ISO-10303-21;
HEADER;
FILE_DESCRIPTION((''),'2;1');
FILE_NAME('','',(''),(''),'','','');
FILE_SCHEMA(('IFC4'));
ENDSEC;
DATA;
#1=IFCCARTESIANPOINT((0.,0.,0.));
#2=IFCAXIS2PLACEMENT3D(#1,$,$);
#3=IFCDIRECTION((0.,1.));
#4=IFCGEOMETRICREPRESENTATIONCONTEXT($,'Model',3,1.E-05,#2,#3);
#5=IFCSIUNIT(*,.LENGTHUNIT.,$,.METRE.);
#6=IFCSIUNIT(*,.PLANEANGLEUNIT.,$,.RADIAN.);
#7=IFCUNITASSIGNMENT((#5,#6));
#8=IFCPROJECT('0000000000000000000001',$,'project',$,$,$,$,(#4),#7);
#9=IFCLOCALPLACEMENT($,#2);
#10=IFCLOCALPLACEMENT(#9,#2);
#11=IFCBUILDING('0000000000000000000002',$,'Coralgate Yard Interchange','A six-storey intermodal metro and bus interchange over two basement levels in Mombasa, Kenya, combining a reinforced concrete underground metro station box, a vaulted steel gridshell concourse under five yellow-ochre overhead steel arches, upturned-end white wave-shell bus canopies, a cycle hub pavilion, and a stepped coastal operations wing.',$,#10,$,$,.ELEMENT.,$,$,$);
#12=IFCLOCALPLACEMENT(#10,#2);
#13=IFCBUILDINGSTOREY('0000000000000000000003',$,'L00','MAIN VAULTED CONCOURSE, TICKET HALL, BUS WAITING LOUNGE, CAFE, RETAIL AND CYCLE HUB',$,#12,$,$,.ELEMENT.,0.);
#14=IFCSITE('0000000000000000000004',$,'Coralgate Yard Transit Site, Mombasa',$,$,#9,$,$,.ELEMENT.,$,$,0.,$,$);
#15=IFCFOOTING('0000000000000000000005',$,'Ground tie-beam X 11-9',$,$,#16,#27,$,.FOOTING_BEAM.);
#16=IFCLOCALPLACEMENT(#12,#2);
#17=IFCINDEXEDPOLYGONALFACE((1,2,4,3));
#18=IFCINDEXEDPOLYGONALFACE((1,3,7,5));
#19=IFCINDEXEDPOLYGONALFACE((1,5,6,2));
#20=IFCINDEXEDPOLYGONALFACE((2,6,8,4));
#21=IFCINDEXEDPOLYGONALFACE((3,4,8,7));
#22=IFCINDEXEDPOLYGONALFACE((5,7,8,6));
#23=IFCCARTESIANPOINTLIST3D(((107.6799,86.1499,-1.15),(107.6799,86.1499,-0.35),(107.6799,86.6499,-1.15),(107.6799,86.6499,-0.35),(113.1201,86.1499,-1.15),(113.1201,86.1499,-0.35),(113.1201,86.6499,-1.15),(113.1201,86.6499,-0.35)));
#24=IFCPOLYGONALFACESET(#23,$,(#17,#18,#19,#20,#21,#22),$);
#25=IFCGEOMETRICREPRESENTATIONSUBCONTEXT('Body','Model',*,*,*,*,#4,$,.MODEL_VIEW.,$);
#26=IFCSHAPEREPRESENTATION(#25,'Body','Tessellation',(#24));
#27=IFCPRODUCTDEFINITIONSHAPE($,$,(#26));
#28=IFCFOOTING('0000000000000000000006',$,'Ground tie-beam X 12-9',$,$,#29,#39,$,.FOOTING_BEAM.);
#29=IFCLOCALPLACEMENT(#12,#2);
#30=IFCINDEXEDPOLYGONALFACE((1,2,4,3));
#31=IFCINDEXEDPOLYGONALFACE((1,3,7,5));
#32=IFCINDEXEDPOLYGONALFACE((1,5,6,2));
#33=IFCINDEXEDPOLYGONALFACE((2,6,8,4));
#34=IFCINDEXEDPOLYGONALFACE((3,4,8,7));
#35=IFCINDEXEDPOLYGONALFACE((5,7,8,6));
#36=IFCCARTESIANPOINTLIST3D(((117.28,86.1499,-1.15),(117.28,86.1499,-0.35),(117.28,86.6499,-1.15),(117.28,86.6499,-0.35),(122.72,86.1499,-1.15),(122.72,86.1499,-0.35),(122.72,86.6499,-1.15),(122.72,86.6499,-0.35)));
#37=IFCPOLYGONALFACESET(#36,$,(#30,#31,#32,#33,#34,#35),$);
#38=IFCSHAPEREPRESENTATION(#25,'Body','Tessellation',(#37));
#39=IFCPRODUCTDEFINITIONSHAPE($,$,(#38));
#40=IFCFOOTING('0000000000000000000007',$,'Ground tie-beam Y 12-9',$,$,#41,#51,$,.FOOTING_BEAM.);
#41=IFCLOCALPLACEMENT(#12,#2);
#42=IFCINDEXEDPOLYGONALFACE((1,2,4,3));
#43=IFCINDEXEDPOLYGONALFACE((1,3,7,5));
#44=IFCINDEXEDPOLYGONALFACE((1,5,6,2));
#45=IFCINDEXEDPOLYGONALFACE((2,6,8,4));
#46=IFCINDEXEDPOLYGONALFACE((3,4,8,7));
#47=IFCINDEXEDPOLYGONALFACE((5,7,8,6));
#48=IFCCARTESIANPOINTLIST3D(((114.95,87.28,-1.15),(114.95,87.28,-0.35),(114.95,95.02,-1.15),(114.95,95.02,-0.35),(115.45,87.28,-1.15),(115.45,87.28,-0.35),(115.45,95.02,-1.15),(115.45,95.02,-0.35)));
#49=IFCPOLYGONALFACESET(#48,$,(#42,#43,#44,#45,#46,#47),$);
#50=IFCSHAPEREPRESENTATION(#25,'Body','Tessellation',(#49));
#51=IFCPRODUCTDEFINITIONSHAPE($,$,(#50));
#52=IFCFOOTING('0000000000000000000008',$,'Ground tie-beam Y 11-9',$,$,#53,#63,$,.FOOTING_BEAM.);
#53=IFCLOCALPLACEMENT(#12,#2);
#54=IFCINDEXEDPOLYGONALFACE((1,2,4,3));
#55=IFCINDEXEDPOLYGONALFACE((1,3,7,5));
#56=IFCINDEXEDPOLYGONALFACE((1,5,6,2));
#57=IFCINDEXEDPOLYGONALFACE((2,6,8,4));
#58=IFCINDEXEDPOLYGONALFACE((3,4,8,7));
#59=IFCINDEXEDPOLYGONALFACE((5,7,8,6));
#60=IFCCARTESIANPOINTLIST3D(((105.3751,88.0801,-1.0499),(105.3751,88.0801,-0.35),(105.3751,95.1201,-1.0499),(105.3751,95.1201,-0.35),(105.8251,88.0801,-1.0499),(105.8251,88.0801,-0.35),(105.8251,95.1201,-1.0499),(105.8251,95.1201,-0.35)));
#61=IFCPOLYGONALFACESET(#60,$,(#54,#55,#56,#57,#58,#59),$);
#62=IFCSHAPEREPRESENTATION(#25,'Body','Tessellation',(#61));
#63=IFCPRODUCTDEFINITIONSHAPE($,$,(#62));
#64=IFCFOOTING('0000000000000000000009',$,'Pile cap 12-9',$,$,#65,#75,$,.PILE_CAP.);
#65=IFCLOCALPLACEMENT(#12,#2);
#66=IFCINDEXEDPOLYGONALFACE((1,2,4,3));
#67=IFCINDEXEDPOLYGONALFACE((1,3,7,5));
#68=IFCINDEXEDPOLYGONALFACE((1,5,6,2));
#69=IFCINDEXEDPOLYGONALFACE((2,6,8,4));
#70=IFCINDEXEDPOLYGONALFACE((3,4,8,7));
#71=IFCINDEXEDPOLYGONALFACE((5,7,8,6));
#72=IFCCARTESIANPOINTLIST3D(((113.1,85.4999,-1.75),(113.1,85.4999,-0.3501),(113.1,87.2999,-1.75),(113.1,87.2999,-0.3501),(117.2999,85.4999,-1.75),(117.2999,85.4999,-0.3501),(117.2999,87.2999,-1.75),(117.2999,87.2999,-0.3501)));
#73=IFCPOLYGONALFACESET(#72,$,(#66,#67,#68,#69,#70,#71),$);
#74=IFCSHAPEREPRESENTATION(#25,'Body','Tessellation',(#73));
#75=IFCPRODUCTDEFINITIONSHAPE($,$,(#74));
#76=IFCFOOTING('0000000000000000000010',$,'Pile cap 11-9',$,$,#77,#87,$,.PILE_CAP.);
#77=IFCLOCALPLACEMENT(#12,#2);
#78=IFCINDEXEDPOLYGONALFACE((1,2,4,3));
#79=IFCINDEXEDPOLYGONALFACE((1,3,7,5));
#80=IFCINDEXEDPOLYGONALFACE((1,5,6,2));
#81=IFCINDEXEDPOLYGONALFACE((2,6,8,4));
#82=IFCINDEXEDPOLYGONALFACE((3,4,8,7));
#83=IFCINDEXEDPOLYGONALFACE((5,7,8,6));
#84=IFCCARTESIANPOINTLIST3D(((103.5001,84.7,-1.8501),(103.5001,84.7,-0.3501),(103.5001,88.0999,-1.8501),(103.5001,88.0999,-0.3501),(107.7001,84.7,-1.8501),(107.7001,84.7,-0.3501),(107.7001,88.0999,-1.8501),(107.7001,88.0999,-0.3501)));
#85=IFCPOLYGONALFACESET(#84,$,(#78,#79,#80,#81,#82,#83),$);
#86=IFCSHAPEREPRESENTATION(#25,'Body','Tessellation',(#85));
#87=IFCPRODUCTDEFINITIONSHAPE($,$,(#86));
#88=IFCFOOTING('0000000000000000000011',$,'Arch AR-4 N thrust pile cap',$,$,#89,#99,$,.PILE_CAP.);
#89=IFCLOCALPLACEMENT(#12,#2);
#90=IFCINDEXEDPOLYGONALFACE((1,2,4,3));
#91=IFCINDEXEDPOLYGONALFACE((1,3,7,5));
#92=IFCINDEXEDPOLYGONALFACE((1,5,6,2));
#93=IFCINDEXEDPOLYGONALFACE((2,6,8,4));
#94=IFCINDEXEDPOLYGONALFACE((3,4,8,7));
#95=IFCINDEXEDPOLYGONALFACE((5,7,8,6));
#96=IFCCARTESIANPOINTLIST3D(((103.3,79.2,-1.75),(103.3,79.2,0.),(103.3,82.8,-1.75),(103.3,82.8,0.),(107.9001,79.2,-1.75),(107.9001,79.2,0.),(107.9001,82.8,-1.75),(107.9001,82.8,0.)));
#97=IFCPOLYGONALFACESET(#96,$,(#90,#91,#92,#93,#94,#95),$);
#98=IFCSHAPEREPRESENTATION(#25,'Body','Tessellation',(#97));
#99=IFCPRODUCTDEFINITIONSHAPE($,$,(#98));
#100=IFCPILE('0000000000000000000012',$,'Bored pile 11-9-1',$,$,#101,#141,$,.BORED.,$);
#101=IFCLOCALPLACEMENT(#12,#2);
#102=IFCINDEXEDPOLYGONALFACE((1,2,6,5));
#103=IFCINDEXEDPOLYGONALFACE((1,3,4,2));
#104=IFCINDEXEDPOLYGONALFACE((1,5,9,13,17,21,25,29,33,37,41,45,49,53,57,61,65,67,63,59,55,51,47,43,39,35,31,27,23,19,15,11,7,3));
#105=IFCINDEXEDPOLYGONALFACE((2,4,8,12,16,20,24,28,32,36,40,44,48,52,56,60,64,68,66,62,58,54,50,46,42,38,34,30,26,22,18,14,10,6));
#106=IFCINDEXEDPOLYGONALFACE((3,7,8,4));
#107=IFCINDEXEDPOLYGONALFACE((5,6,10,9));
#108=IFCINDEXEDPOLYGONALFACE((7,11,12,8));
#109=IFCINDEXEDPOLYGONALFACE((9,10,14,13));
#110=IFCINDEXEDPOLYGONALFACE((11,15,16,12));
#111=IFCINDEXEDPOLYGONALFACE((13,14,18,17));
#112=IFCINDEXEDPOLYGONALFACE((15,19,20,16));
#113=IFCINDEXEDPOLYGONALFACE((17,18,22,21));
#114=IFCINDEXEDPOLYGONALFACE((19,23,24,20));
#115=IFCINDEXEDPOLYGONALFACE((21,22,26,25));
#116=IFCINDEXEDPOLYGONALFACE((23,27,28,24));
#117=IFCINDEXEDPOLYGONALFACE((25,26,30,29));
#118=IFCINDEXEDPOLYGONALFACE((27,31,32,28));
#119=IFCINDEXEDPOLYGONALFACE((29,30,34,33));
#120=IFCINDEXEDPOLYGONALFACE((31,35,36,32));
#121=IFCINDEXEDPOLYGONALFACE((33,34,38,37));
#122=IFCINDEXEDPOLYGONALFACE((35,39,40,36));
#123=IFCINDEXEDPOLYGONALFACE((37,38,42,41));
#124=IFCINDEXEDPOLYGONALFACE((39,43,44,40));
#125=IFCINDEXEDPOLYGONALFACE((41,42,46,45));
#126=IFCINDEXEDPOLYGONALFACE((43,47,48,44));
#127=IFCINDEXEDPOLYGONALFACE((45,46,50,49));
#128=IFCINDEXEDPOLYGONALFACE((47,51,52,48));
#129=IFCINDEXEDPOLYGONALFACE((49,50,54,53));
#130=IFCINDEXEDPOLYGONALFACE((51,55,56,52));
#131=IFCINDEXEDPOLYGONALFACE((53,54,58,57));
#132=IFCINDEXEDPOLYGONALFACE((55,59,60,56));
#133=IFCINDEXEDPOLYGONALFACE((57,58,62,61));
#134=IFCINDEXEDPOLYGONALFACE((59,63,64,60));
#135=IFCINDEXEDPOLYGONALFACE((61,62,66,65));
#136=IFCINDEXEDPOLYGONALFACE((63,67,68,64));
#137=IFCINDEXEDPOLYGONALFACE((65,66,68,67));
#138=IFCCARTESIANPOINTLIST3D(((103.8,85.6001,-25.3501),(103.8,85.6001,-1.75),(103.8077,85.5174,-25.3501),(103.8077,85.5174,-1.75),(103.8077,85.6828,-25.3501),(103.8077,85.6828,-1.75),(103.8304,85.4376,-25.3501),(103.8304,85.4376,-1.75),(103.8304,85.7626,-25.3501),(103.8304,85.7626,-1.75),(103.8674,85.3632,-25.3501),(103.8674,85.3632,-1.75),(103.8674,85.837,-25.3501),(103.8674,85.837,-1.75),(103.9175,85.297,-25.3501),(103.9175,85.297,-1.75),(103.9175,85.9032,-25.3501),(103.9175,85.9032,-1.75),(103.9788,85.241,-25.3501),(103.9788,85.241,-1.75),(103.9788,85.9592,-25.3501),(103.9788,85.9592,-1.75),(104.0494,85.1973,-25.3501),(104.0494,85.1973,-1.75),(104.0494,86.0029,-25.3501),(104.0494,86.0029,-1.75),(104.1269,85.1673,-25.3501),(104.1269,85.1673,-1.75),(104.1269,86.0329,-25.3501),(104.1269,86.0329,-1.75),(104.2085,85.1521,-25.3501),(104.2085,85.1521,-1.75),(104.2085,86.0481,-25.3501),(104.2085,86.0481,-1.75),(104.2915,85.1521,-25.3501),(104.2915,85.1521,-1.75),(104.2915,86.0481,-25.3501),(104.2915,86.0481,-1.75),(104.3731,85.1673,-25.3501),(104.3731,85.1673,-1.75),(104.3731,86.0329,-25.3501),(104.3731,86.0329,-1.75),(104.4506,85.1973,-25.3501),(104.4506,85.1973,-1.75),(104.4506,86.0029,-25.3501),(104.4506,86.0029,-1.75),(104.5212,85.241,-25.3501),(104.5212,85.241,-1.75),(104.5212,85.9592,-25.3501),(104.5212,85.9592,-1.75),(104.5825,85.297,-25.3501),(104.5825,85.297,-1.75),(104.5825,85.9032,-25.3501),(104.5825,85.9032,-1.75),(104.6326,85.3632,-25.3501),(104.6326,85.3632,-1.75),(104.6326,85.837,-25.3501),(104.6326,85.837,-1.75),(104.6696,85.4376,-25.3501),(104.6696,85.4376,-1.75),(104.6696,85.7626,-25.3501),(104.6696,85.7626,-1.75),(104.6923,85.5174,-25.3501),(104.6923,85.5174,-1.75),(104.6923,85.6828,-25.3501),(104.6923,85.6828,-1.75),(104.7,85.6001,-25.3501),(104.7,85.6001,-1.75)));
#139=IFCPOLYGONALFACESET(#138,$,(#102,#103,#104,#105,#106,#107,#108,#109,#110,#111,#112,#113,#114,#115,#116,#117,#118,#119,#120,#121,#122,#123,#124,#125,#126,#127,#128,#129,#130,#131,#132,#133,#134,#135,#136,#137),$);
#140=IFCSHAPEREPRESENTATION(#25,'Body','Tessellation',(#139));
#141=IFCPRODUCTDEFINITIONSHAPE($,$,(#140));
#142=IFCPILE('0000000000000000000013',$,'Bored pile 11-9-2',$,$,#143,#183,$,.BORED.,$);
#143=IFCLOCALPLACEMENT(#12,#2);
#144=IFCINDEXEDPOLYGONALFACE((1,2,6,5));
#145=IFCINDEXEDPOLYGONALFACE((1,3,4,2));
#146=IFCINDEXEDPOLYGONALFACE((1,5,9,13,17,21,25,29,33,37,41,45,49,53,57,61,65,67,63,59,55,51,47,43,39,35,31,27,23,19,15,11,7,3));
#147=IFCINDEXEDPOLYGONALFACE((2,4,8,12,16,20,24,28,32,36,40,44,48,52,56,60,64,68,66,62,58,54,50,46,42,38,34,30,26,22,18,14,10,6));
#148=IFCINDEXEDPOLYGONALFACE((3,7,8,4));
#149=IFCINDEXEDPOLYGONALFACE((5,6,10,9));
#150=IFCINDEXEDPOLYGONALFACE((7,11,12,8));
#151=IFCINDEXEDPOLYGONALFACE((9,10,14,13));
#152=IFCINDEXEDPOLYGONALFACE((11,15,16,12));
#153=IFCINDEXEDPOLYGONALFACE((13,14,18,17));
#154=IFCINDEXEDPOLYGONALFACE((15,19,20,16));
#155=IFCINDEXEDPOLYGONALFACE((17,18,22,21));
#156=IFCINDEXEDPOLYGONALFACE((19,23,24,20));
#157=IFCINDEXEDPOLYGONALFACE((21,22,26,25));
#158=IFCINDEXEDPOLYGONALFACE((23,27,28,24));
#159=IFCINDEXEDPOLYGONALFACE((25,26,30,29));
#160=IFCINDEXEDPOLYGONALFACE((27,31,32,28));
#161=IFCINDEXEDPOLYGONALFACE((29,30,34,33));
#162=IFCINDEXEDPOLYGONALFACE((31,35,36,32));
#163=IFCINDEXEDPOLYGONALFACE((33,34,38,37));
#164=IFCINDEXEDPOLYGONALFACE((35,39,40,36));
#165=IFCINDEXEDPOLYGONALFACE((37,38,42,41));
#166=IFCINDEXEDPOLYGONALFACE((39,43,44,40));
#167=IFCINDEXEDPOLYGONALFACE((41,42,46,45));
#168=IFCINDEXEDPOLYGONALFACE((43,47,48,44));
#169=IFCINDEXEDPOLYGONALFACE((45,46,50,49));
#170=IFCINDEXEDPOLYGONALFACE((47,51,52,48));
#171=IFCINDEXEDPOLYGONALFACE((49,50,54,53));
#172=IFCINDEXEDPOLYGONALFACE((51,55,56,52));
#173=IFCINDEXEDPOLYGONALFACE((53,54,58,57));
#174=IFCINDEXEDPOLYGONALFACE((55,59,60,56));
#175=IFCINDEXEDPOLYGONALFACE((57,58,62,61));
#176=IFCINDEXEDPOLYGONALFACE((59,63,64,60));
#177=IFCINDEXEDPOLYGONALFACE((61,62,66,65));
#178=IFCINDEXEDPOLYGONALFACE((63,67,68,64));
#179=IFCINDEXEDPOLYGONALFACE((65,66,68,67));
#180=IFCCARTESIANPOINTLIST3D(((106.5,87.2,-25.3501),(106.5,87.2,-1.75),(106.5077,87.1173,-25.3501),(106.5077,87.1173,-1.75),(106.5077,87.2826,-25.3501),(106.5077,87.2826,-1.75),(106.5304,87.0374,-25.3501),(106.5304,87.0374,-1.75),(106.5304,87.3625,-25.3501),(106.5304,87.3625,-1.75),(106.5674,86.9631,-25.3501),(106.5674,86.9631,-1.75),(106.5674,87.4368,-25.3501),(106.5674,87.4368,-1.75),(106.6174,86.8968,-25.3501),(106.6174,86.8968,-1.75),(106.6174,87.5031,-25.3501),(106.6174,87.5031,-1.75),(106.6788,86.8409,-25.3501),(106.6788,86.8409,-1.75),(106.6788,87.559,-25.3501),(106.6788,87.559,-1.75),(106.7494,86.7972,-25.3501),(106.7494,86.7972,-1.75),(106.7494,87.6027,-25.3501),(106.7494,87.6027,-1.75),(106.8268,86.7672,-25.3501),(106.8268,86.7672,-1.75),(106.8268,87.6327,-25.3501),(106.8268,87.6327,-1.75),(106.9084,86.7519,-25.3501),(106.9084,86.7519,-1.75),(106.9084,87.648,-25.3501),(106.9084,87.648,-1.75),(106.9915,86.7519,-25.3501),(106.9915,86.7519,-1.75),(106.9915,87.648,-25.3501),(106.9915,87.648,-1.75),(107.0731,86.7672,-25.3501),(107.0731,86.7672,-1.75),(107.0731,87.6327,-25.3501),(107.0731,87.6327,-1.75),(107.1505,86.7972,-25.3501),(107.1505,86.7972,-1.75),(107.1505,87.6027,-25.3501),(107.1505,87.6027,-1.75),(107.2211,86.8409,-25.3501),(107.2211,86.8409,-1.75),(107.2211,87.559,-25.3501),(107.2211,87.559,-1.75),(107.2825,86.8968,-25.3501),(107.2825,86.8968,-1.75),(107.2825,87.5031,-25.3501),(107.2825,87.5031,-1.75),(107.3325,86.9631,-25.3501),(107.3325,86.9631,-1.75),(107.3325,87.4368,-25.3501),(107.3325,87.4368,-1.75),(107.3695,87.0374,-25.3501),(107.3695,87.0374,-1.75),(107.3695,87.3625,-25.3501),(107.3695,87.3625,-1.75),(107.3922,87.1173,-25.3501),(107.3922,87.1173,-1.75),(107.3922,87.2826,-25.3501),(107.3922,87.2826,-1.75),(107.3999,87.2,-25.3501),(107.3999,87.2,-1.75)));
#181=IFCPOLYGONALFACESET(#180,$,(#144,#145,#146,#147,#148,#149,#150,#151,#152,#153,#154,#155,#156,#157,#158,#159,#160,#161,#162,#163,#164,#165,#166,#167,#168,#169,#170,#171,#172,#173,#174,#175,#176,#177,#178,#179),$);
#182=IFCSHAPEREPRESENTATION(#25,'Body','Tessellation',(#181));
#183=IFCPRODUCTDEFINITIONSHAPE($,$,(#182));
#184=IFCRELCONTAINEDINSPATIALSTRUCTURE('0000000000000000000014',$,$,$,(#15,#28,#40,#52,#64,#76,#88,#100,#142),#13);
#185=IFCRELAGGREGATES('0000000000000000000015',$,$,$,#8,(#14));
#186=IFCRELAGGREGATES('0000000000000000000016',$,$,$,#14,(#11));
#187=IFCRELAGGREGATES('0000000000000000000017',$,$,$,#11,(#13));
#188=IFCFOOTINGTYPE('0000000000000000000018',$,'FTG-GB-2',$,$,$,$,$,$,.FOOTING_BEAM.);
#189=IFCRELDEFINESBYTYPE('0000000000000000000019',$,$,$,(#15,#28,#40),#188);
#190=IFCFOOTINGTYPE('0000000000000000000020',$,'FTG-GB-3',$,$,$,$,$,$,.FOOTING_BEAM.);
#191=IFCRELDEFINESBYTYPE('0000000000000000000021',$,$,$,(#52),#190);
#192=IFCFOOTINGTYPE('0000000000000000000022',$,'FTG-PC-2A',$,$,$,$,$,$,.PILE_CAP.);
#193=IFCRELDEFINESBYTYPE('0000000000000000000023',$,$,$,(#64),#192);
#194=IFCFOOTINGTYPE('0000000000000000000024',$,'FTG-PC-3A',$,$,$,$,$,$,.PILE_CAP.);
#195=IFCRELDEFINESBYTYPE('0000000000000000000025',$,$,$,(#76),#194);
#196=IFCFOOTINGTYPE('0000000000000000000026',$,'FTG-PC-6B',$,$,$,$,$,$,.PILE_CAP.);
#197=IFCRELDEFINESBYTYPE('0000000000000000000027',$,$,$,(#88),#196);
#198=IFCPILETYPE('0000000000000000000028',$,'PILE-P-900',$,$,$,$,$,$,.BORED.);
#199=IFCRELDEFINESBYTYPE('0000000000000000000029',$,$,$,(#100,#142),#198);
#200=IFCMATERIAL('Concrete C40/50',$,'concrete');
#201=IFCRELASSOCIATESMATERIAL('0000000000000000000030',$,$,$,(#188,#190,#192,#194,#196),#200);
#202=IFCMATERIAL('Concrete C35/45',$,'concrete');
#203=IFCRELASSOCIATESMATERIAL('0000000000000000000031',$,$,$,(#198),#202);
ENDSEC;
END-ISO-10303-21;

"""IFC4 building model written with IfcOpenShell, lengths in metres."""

from ifc_helpers import new_model, si_unit, direction, frame, origin, origin_2d, place, context, subcontext, project, spatial, rectangle, circle, extrude, material, material_profile, profile_set, type_object, element, save


model = new_model("IFC4")

# Units and contexts
model_context = context("Model", 3, precision=1e-05, world=origin(), true_north=direction((0.0, 1.0)))
body_context = subcontext(model_context, "Body", "Model", "MODEL_VIEW")
ifc_project = project(units=[si_unit("LENGTHUNIT", "METRE"), si_unit("PLANEANGLEUNIT", "RADIAN")], contexts=[model_context])

# Site, building, storey
site_placement = place(None, origin())
site = spatial("IfcSite", under=ifc_project, at=site_placement, Name="Coralgate Yard Transit Site, Mombasa", CompositionType="ELEMENT", RefElevation=0.0)
building_placement = place(site_placement, origin())
building = spatial("IfcBuilding", under=site, at=building_placement, Name="Coralgate Yard Interchange", Description="A six-storey intermodal metro and bus interchange over two basement levels in Mombasa, Kenya, combining a reinforced concrete underground metro station box, a vaulted steel gridshell concourse under five yellow-ochre overhead steel arches, upturned-end white wave-shell bus canopies, a cycle hub pavilion, and a stepped coastal operations wing.", CompositionType="ELEMENT")
storey_placement = place(building_placement, origin())
storey = spatial("IfcBuildingStorey", under=building, at=storey_placement, Name="L00", Description="MAIN VAULTED CONCOURSE, TICKET HALL, BUS WAITING LOUNGE, CAFE, RETAIL AND CYCLE HUB", CompositionType="ELEMENT", Elevation=0.0)

# Footings
ifc_material_1 = material(Name="Concrete C40/50", Category="concrete")
ifc_material_profile_1 = material_profile(ifc_material_1, rectangle(XDim=0.5, YDim=0.8, at=origin_2d()), Name="RC 500x800")
ifc_profile_set_1 = profile_set([ifc_material_profile_1], Name="Concrete C40/50")
footing_type_1 = type_object("IfcFootingType", Name="FTG-GB-2", PredefinedType="FOOTING_BEAM", material=ifc_profile_set_1)
footing_1_placement = place(storey_placement, frame((107.6799, 86.3999, -0.75), z_axis=(1.0, 0.0, 0.0), x_axis=(0.0, 1.0, 0.0)))
element("IfcFooting", 1, at=footing_1_placement, inside=storey, type_object=footing_type_1, Name="Ground tie-beam X 11-9", PredefinedType="FOOTING_BEAM", context=body_context, shape_type="SweptSolid", body=[
    extrude(rectangle(XDim=0.5, YDim=0.8, at=origin_2d()), origin(), (0.0, 0.0, 1.0), 5.4402),
])
footing_2_placement = place(storey_placement, frame((117.28, 86.3999, -0.75), z_axis=(1.0, 0.0, 0.0), x_axis=(0.0, 1.0, 0.0)))
element("IfcFooting", 2, at=footing_2_placement, inside=storey, type_object=footing_type_1, Name="Ground tie-beam X 12-9", PredefinedType="FOOTING_BEAM", context=body_context, shape_type="SweptSolid", body=[
    extrude(rectangle(XDim=0.5, YDim=0.8, at=origin_2d()), origin(), (0.0, 0.0, 1.0), 5.4399),
])
footing_3_placement = place(storey_placement, frame((115.2, 87.28, -0.75), z_axis=(0.0, 1.0, 0.0), x_axis=(-1.0, 0.0, 0.0)))
element("IfcFooting", 3, at=footing_3_placement, inside=storey, type_object=footing_type_1, Name="Ground tie-beam Y 12-9", PredefinedType="FOOTING_BEAM", context=body_context, shape_type="SweptSolid", body=[
    extrude(rectangle(XDim=0.5, YDim=0.8, at=origin_2d()), origin(), (0.0, 0.0, 1.0), 7.74),
])
ifc_material_profile_2 = material_profile(ifc_material_1, rectangle(XDim=0.45, YDim=0.7, at=origin_2d()), Name="RC 450x700")
ifc_profile_set_2 = profile_set([ifc_material_profile_2], Name="Concrete C40/50")
footing_type_2 = type_object("IfcFootingType", Name="FTG-GB-3", PredefinedType="FOOTING_BEAM", material=ifc_profile_set_2)
footing_4_placement = place(storey_placement, frame((105.6001, 88.0801, -0.7), z_axis=(0.0, 1.0, 0.0), x_axis=(-1.0, 0.0, 0.0)))
element("IfcFooting", 4, at=footing_4_placement, inside=storey, type_object=footing_type_2, Name="Ground tie-beam Y 11-9", PredefinedType="FOOTING_BEAM", context=body_context, shape_type="SweptSolid", body=[
    extrude(rectangle(XDim=0.45, YDim=0.7, at=origin_2d()), origin(), (0.0, 0.0, 1.0), 7.04),
])
footing_type_3 = type_object("IfcFootingType", Name="FTG-PC-2A", PredefinedType="PILE_CAP", material=ifc_material_1)
footing_5_placement = place(storey_placement, frame((115.2, 86.3999, -1.75), z_axis=(0.0, 0.0, 1.0), x_axis=(1.0, 0.0, 0.0)))
element("IfcFooting", 5, at=footing_5_placement, inside=storey, type_object=footing_type_3, Name="Pile cap 12-9", PredefinedType="PILE_CAP", context=body_context, shape_type="SweptSolid", body=[
    extrude(rectangle(XDim=4.2, YDim=1.8, at=origin_2d()), origin(), (0.0, 0.0, 1.0), 1.3999),
])
footing_type_4 = type_object("IfcFootingType", Name="FTG-PC-3A", PredefinedType="PILE_CAP", material=ifc_material_1)
footing_6_placement = place(storey_placement, frame((105.6001, 86.3999, -1.8501), z_axis=(0.0, 0.0, 1.0), x_axis=(1.0, 0.0, 0.0)))
element("IfcFooting", 6, at=footing_6_placement, inside=storey, type_object=footing_type_4, Name="Pile cap 11-9", PredefinedType="PILE_CAP", context=body_context, shape_type="SweptSolid", body=[
    extrude(rectangle(XDim=4.2, YDim=3.3999, at=origin_2d()), origin(), (0.0, 0.0, 1.0), 1.5),
])
footing_type_5 = type_object("IfcFootingType", Name="FTG-PC-6B", PredefinedType="PILE_CAP", material=ifc_material_1)
footing_7_placement = place(storey_placement, frame((105.6001, 81.0, -1.75), z_axis=(0.0, 0.0, 1.0), x_axis=(1.0, 0.0, 0.0)))
element("IfcFooting", 7, at=footing_7_placement, inside=storey, type_object=footing_type_5, Name="Arch AR-4 N thrust pile cap", PredefinedType="PILE_CAP", context=body_context, shape_type="SweptSolid", body=[
    extrude(rectangle(XDim=4.6001, YDim=3.6001, at=origin_2d()), origin(), (0.0, 0.0, 1.0), 1.75),
])

# Piles
ifc_material_2 = material(Name="Concrete C35/45", Category="concrete")
ifc_material_profile_3 = material_profile(ifc_material_2, circle(Radius=0.45, at=origin_2d()), Name="BORED PILE D900")
ifc_profile_set_3 = profile_set([ifc_material_profile_3], Name="Concrete C35/45")
pile_type = type_object("IfcPileType", Name="PILE-P-900", PredefinedType="BORED", material=ifc_profile_set_3)
for number, where, z_axis, x_axis, name in (
    (8, (104.25, 85.6001, -1.75), (0.0, 0.0, -1.0), (1.0, 0.0, 0.0), "Bored pile 11-9-1"),
    (9, (106.95, 87.2, -1.75), (0.0, 0.0, -1.0), (1.0, 0.0, 0.0), "Bored pile 11-9-2"),
):
    element("IfcPile", number, at=place(storey_placement, frame(where, z_axis=z_axis, x_axis=x_axis)), inside=storey, type_object=pile_type, Name=name, PredefinedType="BORED", context=body_context, shape_type="SweptSolid", body=[
        extrude(circle(Radius=0.45, at=origin_2d()), origin(), (0.0, 0.0, 1.0), 23.6001),
    ])

save(model, "model.ifc")
